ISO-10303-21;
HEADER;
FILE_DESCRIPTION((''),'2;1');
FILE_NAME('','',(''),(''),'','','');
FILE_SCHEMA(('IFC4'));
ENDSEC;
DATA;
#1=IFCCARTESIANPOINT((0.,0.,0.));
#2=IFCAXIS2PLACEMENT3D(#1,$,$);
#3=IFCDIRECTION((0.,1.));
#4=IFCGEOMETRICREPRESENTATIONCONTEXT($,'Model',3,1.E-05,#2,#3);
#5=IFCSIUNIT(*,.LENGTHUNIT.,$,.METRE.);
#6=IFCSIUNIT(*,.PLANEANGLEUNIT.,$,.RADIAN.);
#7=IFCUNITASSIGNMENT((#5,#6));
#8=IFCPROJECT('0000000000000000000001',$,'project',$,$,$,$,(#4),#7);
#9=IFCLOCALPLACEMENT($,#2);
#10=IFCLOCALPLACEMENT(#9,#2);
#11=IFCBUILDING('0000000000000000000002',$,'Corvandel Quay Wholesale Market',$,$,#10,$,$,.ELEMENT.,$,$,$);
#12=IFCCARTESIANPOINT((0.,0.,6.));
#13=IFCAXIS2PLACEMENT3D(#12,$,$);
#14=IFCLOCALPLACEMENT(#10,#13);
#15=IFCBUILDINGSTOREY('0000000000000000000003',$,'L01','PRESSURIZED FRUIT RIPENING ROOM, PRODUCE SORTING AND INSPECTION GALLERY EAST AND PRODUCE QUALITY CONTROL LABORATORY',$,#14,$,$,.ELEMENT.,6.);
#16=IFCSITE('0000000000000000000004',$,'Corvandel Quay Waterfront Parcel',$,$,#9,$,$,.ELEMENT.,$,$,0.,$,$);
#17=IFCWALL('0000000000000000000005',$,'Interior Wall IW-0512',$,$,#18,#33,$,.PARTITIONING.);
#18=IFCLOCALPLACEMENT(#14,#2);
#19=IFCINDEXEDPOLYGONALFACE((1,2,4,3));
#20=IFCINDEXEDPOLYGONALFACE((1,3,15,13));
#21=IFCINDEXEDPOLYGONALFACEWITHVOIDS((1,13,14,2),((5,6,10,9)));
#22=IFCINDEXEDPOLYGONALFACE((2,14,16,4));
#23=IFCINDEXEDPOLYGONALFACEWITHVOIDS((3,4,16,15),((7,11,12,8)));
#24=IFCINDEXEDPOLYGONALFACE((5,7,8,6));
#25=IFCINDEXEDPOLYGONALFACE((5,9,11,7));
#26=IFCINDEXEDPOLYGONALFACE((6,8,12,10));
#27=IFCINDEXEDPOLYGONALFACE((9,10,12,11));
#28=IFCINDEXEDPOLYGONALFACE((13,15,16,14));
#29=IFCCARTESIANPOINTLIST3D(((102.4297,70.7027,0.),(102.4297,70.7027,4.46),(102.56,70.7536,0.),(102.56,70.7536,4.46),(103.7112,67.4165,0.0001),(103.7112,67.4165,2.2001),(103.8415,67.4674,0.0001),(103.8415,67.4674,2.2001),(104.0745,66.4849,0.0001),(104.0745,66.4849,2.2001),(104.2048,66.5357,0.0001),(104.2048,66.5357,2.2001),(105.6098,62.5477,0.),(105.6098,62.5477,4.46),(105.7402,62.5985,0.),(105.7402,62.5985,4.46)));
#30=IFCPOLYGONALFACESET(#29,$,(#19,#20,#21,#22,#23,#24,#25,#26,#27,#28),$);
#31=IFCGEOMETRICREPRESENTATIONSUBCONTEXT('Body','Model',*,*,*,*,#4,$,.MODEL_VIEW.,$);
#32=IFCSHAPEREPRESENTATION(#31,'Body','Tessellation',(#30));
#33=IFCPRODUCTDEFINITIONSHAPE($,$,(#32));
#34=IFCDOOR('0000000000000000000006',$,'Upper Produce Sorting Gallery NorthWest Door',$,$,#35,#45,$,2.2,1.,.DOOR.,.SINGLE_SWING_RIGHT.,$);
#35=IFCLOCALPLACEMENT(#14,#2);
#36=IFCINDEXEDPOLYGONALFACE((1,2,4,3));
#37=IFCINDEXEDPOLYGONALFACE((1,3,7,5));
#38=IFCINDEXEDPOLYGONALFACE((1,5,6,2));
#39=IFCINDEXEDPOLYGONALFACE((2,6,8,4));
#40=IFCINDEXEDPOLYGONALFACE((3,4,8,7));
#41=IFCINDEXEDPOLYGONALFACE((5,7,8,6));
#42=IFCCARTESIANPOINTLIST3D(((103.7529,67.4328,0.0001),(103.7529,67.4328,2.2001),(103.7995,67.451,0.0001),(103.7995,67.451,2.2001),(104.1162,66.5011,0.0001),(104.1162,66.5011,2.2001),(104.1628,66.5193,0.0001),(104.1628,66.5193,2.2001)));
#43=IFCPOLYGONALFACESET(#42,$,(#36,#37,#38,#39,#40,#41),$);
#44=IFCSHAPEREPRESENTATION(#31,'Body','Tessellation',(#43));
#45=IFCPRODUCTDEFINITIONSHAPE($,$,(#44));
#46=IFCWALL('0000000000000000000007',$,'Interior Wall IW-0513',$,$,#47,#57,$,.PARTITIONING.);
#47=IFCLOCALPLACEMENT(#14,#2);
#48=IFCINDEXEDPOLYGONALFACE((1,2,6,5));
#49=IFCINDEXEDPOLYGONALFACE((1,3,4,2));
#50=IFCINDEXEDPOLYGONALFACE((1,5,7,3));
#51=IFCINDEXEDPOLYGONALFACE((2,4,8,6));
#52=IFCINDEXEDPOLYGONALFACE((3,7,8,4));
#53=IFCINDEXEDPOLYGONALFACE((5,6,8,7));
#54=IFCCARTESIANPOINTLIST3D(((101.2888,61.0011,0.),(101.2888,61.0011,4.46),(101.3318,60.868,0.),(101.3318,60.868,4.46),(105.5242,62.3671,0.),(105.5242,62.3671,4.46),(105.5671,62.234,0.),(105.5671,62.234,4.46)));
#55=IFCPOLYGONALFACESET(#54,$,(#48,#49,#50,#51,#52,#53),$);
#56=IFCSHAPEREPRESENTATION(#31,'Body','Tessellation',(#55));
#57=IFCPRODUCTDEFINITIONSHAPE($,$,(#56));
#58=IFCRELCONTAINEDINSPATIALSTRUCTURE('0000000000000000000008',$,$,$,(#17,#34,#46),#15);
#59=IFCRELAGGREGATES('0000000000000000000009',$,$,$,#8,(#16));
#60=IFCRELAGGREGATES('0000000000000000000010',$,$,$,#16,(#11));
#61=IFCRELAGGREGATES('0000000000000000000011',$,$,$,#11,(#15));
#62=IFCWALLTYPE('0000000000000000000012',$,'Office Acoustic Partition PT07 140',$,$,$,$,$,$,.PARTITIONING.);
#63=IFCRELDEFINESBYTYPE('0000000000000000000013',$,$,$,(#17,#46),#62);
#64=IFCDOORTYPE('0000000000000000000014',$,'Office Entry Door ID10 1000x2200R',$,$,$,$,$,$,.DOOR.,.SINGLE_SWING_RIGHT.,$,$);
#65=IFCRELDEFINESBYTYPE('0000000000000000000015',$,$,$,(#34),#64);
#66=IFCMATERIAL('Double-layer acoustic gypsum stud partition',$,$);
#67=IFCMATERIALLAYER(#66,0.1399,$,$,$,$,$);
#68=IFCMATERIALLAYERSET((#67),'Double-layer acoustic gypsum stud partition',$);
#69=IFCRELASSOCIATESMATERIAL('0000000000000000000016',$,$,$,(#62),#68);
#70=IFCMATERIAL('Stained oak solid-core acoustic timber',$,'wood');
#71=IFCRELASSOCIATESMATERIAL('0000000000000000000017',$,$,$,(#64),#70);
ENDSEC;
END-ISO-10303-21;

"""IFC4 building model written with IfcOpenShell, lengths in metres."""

from ifc_helpers import new_model, si_unit, direction, frame, frame_2d, origin, place, context, subcontext, project, spatial, rectangle, extrude, material, layer, layer_set, type_object, element, fill, save


model = new_model("IFC4")

# Units and contexts
model_context = context("Model", 3, precision=1e-05, world=origin(), true_north=direction((0.0, 1.0)))
body_context = subcontext(model_context, "Body", "Model", "MODEL_VIEW")
ifc_project = project(units=[si_unit("LENGTHUNIT", "METRE"), si_unit("PLANEANGLEUNIT", "RADIAN")], contexts=[model_context])

# Site, building, storey
site_placement = place(None, origin())
site = spatial("IfcSite", under=ifc_project, at=site_placement, Name="Corvandel Quay Waterfront Parcel", CompositionType="ELEMENT", RefElevation=0.0)
building_placement = place(site_placement, origin())
building = spatial("IfcBuilding", under=site, at=building_placement, Name="Corvandel Quay Wholesale Market", CompositionType="ELEMENT")
storey_placement = place(building_placement, frame((0.0, 0.0, 6.0)))
storey = spatial("IfcBuildingStorey", under=building, at=storey_placement, Name="L01", Description="PRESSURIZED FRUIT RIPENING ROOM, PRODUCE SORTING AND INSPECTION GALLERY EAST AND PRODUCE QUALITY CONTROL LABORATORY", CompositionType="ELEMENT", Elevation=6.0)

# Shared definitions
ifc_material_1 = material(Name="Double-layer acoustic gypsum stud partition")
ifc_layer_1 = layer(ifc_material_1, 0.1399)
ifc_layer_set_1 = layer_set([ifc_layer_1], Name="Double-layer acoustic gypsum stud partition")
wall_type_1 = type_object("IfcWallType", Name="Office Acoustic Partition PT07 140", PredefinedType="PARTITIONING", material=ifc_layer_set_1)

# Wall, opening, door
wall_1_placement = place(storey_placement, frame((102.4949, 70.728, 0.0), z_axis=(0.0, 0.0, 1.0), x_axis=(0.363317, -0.931666, 0.0)))
wall_1 = element("IfcWall", 1, at=wall_1_placement, inside=storey, type_object=wall_type_1, Name="Interior Wall IW-0512", PredefinedType="PARTITIONING", context=body_context, shape_type="SweptSolid", body=[
    extrude(rectangle(XDim=8.7532, YDim=0.1399, at=frame_2d((4.3765, 0.0))), origin(), (0.0, 0.0, 1.0), 4.46),
])
opening_1_placement = place(wall_1_placement, frame((3.5271, 0.0, 0.0)))
opening_1 = element("IfcOpeningElement", 2, at=opening_1_placement, cuts=wall_1, PredefinedType="OPENING", context=body_context, shape_type="SweptSolid", body=[
    extrude(rectangle(XDim=1.0, YDim=2.2, at=frame_2d((0.5, 1.1001))), frame((0.0, 0.0798, 0.0), z_axis=(0.0, -1.0, 0.0), x_axis=(1.0, 0.0, 0.0)), (0.0, 0.0, 1.0), 0.1599),
])
ifc_material_2 = material(Name="Stained oak solid-core acoustic timber", Category="wood")
door_type_1 = type_object("IfcDoorType", Name="Office Entry Door ID10 1000x2200R", OperationType="SINGLE_SWING_RIGHT", PredefinedType="DOOR", material=ifc_material_2)
door_1_placement = place(opening_1_placement, origin())
door_1 = element("IfcDoor", 3, at=door_1_placement, inside=storey, type_object=door_type_1, Name="Upper Produce Sorting Gallery NorthWest Door", OperationType="SINGLE_SWING_RIGHT", OverallHeight=2.2, OverallWidth=1.0, PredefinedType="DOOR", context=body_context, shape_type="SweptSolid", body=[
    extrude(rectangle(XDim=1.0, YDim=2.2, at=frame_2d((0.5, 1.1001))), frame((0.0, 0.0249, 0.0), z_axis=(0.0, -1.0, 0.0), x_axis=(1.0, 0.0, 0.0)), (0.0, 0.0, 1.0), 0.05),
])
fill(opening_1, door_1)

# Wall
wall_2_placement = place(storey_placement, frame((105.5457, 62.3005, 0.0), z_axis=(0.0, 0.0, 1.0), x_axis=(-0.951727, -0.306947, 0.0)))
element("IfcWall", 4, at=wall_2_placement, inside=storey, type_object=wall_type_1, Name="Interior Wall IW-0513", PredefinedType="PARTITIONING", context=body_context, shape_type="SweptSolid", body=[
    extrude(rectangle(XDim=4.4502, YDim=0.1399, at=frame_2d((2.2251, 0.0))), origin(), (0.0, 0.0, 1.0), 4.46),
])

save(model, "model.ifc")
